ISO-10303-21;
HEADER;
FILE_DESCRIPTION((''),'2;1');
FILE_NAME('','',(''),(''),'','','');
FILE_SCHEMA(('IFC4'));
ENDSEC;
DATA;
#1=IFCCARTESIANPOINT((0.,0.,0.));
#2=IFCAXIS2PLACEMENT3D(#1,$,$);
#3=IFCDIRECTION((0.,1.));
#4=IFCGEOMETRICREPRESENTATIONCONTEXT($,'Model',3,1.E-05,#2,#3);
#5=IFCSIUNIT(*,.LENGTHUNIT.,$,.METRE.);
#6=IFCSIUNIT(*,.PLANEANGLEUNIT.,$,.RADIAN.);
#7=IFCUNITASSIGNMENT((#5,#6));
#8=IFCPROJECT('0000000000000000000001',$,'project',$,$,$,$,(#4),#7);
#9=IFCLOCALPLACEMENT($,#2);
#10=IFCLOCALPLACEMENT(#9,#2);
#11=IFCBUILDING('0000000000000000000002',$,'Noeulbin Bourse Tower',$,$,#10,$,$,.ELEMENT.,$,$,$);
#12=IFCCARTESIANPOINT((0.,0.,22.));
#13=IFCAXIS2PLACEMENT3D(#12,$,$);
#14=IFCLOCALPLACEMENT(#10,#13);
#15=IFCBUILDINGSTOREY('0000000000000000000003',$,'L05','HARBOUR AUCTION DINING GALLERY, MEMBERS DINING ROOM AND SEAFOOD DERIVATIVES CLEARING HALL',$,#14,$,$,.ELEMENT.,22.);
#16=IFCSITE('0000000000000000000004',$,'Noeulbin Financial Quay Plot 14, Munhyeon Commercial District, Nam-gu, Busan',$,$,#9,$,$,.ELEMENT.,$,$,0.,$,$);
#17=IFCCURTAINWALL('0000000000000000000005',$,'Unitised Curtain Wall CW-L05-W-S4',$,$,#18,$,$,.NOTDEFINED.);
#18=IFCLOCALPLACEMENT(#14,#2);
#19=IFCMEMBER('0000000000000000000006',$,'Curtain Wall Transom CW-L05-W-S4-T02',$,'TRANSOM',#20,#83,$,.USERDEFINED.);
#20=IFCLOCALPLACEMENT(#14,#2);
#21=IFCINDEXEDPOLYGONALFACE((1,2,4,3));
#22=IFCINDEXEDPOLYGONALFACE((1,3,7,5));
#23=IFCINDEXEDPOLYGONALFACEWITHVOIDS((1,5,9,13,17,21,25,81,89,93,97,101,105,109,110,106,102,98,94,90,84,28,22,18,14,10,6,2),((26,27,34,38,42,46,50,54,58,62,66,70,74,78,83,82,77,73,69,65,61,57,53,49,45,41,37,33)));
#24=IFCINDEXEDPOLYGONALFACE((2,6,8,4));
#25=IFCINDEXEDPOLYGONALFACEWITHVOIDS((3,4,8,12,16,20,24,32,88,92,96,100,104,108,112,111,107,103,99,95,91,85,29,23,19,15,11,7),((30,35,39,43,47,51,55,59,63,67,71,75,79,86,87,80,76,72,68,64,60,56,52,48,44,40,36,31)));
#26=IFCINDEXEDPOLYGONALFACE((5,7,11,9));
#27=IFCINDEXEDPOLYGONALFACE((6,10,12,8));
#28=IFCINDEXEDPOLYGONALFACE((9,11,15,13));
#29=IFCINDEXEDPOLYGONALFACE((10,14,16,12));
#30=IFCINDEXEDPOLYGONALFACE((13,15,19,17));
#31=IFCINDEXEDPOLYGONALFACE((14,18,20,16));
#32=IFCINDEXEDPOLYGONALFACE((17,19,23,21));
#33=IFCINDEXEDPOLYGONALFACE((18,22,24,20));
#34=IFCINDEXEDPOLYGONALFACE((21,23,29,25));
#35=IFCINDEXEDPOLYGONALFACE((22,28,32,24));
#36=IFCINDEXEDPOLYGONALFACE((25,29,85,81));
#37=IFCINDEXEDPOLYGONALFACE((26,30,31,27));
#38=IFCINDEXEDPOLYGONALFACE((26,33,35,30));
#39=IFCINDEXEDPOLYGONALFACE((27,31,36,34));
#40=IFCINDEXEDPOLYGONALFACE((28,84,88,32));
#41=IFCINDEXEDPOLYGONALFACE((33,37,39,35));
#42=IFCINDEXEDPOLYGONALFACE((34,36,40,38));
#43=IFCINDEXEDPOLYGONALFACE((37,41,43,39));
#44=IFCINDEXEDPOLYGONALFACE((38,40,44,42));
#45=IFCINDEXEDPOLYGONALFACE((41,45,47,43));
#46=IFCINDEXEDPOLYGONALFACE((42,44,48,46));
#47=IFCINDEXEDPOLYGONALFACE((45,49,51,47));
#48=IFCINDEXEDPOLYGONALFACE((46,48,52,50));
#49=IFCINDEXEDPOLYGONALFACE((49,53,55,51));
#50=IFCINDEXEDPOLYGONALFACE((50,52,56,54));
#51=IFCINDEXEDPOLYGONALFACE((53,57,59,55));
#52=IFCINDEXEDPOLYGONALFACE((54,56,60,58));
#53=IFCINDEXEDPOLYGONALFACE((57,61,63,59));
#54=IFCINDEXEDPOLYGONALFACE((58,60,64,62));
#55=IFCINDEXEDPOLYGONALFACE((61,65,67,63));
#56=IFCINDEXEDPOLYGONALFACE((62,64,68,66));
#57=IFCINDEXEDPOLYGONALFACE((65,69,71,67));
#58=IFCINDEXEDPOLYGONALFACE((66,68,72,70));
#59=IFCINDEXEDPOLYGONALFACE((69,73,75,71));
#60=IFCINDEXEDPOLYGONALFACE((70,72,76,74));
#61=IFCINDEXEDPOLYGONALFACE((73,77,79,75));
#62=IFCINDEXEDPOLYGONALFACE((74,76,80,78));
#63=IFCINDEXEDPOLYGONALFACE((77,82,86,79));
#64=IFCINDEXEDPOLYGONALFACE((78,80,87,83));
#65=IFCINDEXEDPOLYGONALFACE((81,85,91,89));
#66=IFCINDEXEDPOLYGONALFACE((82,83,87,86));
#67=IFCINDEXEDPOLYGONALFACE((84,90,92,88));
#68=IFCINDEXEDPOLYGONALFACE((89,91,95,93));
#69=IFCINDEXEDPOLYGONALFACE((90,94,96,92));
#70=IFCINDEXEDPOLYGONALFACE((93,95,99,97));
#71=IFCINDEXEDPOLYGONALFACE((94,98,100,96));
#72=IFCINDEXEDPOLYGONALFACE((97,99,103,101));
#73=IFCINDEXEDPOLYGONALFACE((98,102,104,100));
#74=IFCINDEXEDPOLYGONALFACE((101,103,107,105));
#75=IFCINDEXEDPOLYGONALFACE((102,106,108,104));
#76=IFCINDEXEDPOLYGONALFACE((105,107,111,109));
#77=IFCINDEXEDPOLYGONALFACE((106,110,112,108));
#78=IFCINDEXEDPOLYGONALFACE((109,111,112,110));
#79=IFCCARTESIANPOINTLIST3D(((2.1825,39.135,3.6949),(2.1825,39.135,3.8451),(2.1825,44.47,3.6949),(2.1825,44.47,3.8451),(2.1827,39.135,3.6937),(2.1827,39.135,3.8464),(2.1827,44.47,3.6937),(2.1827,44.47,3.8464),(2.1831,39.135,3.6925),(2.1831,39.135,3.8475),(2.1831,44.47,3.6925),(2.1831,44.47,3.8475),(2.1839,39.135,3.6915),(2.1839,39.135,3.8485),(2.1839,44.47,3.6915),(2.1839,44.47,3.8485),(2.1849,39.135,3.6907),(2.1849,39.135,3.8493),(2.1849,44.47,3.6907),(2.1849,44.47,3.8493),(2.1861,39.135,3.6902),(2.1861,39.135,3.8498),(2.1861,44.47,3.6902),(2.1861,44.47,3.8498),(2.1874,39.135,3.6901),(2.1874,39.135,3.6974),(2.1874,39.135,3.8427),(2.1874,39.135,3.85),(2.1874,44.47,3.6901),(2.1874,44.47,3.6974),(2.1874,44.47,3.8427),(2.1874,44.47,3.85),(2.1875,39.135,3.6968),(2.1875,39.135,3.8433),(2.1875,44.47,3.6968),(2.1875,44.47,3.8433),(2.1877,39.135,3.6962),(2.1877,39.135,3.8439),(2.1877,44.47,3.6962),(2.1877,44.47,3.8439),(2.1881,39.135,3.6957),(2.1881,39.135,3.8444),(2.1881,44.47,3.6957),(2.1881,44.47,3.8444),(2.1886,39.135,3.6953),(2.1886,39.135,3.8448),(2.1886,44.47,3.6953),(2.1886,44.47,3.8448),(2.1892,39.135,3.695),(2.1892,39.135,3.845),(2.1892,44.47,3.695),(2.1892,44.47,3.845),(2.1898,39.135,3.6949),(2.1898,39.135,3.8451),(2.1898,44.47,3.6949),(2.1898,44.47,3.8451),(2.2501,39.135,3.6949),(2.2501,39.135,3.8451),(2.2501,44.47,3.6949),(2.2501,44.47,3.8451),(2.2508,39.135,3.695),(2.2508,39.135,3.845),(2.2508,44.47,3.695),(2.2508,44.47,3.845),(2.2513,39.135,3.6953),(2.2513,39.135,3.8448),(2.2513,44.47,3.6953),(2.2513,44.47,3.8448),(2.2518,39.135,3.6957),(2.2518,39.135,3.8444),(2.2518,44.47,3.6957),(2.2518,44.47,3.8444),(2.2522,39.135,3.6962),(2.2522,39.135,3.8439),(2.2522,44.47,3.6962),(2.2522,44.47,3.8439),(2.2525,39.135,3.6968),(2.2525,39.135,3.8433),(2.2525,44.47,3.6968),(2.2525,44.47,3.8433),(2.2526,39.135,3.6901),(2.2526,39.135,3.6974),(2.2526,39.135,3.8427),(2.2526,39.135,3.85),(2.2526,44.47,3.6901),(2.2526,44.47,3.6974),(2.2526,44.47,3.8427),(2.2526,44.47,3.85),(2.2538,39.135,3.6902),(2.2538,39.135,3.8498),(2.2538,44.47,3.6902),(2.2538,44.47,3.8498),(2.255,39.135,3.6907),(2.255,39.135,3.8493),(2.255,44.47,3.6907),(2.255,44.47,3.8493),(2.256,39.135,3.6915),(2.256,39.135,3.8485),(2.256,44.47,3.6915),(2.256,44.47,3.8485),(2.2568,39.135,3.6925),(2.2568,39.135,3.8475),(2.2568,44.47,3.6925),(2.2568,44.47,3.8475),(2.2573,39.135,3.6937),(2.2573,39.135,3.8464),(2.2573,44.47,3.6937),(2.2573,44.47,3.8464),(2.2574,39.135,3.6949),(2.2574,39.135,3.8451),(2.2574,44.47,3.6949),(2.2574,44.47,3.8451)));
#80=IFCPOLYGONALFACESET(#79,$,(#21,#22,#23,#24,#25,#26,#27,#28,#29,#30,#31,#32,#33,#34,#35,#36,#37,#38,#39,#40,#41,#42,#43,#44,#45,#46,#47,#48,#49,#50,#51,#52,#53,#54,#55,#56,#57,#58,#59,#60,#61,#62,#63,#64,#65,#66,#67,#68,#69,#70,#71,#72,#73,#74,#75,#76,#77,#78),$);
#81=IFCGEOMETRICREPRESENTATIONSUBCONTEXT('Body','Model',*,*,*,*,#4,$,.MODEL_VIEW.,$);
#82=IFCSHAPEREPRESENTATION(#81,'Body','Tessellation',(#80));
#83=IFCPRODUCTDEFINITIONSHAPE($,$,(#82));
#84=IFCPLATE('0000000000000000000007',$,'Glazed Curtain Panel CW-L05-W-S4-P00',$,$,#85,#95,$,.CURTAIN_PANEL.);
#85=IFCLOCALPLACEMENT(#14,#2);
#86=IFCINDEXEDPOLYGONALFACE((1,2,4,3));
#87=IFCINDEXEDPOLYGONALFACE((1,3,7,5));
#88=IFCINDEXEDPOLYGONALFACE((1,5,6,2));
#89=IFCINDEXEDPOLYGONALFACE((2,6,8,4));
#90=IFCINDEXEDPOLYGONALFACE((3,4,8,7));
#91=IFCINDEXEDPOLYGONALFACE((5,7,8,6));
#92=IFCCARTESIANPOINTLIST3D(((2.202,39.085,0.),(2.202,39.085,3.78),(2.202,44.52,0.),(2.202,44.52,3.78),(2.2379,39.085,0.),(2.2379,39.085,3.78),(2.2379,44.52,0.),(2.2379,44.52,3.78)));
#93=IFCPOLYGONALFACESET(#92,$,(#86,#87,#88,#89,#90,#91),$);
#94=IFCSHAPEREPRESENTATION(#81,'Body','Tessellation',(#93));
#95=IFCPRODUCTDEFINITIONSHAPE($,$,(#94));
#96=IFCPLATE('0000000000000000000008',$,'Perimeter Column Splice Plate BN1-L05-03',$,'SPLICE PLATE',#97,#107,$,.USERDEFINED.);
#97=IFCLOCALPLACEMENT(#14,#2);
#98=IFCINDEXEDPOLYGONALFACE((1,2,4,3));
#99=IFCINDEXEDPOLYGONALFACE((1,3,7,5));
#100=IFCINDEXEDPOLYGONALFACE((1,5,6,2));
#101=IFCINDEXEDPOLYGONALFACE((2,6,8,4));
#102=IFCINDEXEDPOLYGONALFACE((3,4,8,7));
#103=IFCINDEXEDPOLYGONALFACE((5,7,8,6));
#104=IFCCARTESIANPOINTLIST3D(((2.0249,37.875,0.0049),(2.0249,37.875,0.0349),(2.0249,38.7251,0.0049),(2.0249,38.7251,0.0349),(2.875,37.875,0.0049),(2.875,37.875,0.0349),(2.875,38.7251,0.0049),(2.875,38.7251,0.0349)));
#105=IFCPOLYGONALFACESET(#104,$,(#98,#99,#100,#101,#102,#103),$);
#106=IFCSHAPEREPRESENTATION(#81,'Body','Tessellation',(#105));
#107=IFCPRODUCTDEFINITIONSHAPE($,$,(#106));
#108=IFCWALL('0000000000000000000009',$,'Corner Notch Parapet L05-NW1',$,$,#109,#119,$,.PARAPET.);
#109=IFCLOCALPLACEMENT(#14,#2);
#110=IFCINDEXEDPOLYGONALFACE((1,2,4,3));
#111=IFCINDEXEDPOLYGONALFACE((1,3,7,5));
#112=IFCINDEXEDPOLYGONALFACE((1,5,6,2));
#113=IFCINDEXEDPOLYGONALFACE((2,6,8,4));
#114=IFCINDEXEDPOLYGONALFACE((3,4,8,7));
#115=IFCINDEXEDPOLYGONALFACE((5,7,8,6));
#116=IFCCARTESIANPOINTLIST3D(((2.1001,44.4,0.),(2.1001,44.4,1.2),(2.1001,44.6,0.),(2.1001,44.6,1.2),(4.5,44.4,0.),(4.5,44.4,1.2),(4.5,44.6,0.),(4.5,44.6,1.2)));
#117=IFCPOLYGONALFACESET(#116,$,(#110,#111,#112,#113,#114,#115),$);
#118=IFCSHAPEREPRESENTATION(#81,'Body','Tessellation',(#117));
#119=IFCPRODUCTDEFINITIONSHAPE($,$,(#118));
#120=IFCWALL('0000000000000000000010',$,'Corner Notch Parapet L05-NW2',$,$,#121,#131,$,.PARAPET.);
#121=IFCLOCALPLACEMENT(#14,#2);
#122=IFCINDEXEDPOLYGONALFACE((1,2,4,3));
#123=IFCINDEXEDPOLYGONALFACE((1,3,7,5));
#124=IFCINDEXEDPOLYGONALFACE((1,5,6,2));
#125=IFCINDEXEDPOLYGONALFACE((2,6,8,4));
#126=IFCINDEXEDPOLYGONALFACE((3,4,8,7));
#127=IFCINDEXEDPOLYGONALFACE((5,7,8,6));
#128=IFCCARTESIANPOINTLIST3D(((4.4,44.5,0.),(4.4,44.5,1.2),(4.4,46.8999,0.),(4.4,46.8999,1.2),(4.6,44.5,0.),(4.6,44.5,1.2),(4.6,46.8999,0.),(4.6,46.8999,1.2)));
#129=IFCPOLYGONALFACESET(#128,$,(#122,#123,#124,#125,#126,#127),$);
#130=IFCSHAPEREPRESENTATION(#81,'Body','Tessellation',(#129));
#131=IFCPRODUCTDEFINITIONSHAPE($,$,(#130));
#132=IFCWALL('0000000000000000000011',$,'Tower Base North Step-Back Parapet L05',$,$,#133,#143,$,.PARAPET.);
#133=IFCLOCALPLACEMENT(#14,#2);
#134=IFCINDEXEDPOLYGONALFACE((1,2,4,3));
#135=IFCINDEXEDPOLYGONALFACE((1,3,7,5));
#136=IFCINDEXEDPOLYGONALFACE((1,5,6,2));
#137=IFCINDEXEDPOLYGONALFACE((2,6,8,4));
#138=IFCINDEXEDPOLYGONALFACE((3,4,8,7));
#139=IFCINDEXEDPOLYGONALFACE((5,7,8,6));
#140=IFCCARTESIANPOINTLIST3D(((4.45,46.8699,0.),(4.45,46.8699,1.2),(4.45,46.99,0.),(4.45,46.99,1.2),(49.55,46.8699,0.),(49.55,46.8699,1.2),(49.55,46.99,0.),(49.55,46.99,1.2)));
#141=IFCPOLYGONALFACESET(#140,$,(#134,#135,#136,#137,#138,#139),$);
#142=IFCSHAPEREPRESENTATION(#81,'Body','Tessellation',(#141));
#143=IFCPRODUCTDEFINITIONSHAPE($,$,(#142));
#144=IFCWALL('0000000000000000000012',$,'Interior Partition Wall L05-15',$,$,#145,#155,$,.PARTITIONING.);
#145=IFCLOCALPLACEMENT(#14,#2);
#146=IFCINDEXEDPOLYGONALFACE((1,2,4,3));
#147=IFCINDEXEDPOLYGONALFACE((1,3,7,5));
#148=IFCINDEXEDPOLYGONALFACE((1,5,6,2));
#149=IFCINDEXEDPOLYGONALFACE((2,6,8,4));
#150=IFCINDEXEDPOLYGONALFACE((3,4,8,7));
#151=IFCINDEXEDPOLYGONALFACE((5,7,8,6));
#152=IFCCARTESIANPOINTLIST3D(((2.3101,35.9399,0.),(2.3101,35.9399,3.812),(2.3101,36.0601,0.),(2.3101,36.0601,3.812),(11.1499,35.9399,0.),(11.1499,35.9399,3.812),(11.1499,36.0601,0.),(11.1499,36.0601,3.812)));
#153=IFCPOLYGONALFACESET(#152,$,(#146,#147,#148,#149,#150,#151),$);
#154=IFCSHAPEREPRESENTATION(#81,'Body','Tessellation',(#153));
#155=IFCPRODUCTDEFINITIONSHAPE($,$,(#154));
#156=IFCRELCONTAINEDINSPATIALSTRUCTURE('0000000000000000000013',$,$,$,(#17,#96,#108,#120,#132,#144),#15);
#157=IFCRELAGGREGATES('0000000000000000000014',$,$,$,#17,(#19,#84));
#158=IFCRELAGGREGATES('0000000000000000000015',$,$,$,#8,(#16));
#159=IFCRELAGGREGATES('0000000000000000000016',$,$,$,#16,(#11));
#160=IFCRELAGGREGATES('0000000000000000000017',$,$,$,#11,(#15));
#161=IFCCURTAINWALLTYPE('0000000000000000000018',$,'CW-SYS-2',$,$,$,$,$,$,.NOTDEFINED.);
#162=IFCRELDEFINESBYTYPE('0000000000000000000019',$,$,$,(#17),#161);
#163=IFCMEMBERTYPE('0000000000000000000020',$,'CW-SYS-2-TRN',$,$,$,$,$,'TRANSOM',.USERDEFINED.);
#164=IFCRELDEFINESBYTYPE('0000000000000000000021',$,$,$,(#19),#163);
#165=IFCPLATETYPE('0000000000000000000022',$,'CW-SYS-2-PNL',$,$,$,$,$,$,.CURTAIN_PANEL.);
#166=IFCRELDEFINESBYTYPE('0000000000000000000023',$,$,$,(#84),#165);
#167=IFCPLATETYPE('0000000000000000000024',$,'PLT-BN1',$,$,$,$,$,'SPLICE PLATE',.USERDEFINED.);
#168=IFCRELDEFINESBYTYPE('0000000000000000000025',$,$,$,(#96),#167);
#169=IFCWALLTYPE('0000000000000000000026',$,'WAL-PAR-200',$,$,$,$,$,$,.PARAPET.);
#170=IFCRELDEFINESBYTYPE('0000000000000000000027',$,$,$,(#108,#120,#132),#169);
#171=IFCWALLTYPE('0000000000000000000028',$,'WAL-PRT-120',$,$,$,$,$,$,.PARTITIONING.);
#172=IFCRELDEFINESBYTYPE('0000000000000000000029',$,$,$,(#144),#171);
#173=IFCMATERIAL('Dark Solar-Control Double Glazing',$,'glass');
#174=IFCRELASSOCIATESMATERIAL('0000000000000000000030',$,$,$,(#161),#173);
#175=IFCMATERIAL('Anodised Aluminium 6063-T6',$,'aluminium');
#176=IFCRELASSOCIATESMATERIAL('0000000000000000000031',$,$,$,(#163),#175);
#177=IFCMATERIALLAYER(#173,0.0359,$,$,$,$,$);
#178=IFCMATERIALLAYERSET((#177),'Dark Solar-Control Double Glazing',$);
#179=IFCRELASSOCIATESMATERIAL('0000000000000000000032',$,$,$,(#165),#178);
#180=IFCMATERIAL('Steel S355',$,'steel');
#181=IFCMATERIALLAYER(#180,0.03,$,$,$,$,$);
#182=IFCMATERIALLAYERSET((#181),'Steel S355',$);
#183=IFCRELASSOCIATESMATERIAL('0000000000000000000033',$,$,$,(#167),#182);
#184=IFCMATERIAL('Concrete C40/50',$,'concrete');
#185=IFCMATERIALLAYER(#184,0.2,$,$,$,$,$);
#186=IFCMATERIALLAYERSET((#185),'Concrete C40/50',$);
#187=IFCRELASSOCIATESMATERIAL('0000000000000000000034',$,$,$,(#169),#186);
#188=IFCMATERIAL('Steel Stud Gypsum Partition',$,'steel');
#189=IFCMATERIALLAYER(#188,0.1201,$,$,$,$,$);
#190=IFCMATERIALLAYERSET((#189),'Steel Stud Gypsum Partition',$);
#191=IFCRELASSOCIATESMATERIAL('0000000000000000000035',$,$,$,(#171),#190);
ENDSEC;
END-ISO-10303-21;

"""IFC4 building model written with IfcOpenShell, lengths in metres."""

from ifc_helpers import new_model, si_unit, direction, frame, frame_2d, origin, origin_2d, place, context, subcontext, project, spatial, rectangle, hollow_rectangle, extrude, material, layer, layer_set, material_profile, profile_set, type_object, element, aggregate, save


model = new_model("IFC4")

# Units and contexts
model_context = context("Model", 3, precision=1e-05, world=origin(), true_north=direction((0.0, 1.0)))
body_context = subcontext(model_context, "Body", "Model", "MODEL_VIEW")
ifc_project = project(units=[si_unit("LENGTHUNIT", "METRE"), si_unit("PLANEANGLEUNIT", "RADIAN")], contexts=[model_context])

# Site, building, storey
site_placement = place(None, origin())
site = spatial("IfcSite", under=ifc_project, at=site_placement, Name="Noeulbin Financial Quay Plot 14, Munhyeon Commercial District, Nam-gu, Busan", CompositionType="ELEMENT", RefElevation=0.0)
building_placement = place(site_placement, origin())
building = spatial("IfcBuilding", under=site, at=building_placement, Name="Noeulbin Bourse Tower", CompositionType="ELEMENT")
storey_placement = place(building_placement, frame((0.0, 0.0, 22.0)))
storey = spatial("IfcBuildingStorey", under=building, at=storey_placement, Name="L05", Description="HARBOUR AUCTION DINING GALLERY, MEMBERS DINING ROOM AND SEAFOOD DERIVATIVES CLEARING HALL", CompositionType="ELEMENT", Elevation=22.0)

# Shared definitions
ifc_material_1 = material(Name="Dark Solar-Control Double Glazing", Category="glass")
curtain_wall_type = type_object("IfcCurtainWallType", Name="CW-SYS-2", PredefinedType="NOTDEFINED", material=ifc_material_1)
ifc_material_2 = material(Name="Anodised Aluminium 6063-T6", Category="aluminium")

# Curtain wall
curtain_wall_1_placement = place(storey_placement, origin())
curtain_wall_1 = element("IfcCurtainWall", 1, at=curtain_wall_1_placement, inside=storey, type_object=curtain_wall_type, Name="Unitised Curtain Wall CW-L05-W-S4", PredefinedType="NOTDEFINED")

# Member
ifc_material_profile_1 = material_profile(ifc_material_2, hollow_rectangle(XDim=0.075, YDim=0.1599, WallThickness=0.0049, InnerFilletRadius=0.0024, OuterFilletRadius=0.0049, at=origin_2d()), Name="ALU-TRAN-75x160x5", Category="LoadBearing")
ifc_profile_set_1 = profile_set([ifc_material_profile_1], Name="Anodised Aluminium 6063-T6")
member_type_1 = type_object("IfcMemberType", Name="CW-SYS-2-TRN", ElementType="TRANSOM", PredefinedType="USERDEFINED", material=ifc_profile_set_1)
member_1_placement = place(storey_placement, frame((2.22, 39.135, 3.77), z_axis=(0.0, 1.0, 0.0), x_axis=(-1.0, 0.0, 0.0)))
member_1 = element("IfcMember", 2, at=member_1_placement, type_object=member_type_1, Name="Curtain Wall Transom CW-L05-W-S4-T02", ObjectType="TRANSOM", PredefinedType="USERDEFINED", context=body_context, shape_type="SweptSolid", body=[
    extrude(hollow_rectangle(XDim=0.075, YDim=0.1599, WallThickness=0.0049, InnerFilletRadius=0.0024, OuterFilletRadius=0.0049, at=origin_2d()), origin(), (0.0, 0.0, 1.0), 5.335),
])

# Plates
ifc_layer_1 = layer(ifc_material_1, 0.0359)
ifc_layer_set_1 = layer_set([ifc_layer_1], Name="Dark Solar-Control Double Glazing")
plate_type_1 = type_object("IfcPlateType", Name="CW-SYS-2-PNL", PredefinedType="CURTAIN_PANEL", material=ifc_layer_set_1)
plate_1_placement = place(storey_placement, frame((2.22, 41.8025, 0.0), z_axis=(0.0, 0.0, 1.0), x_axis=(0.0, 1.0, 0.0)))
plate_1 = element("IfcPlate", 3, at=plate_1_placement, type_object=plate_type_1, Name="Glazed Curtain Panel CW-L05-W-S4-P00", PredefinedType="CURTAIN_PANEL", context=body_context, shape_type="SweptSolid", body=[
    extrude(rectangle(XDim=5.4351, YDim=0.0359, at=origin_2d()), origin(), (0.0, 0.0, 1.0), 3.78),
])
aggregate(curtain_wall_1, [member_1, plate_1])
ifc_material_3 = material(Name="Steel S355", Category="steel")
ifc_layer_2 = layer(ifc_material_3, 0.03)
ifc_layer_set_2 = layer_set([ifc_layer_2], Name="Steel S355")
plate_type_2 = type_object("IfcPlateType", Name="PLT-BN1", ElementType="SPLICE PLATE", PredefinedType="USERDEFINED", material=ifc_layer_set_2)
plate_2_placement = place(storey_placement, frame((2.45, 38.3, 0.0049), z_axis=(0.0, 0.0, 1.0), x_axis=(1.0, 0.0, 0.0)))
element("IfcPlate", 4, at=plate_2_placement, inside=storey, type_object=plate_type_2, Name="Perimeter Column Splice Plate BN1-L05-03", ObjectType="SPLICE PLATE", PredefinedType="USERDEFINED", context=body_context, shape_type="SweptSolid", body=[
    extrude(rectangle(XDim=0.8501, YDim=0.8501, at=origin_2d()), origin(), (0.0, 0.0, 1.0), 0.03),
])

# Walls
ifc_material_4 = material(Name="Concrete C40/50", Category="concrete")
ifc_layer_3 = layer(ifc_material_4, 0.2)
ifc_layer_set_3 = layer_set([ifc_layer_3], Name="Concrete C40/50")
wall_type_1 = type_object("IfcWallType", Name="WAL-PAR-200", PredefinedType="PARAPET", material=ifc_layer_set_3)
for number, where, z_axis, x_axis, name in (
    (5, (2.1001, 44.5, 0.0), (0.0, 0.0, 1.0), (1.0, 0.0, 0.0), "Corner Notch Parapet L05-NW1"),
    (6, (4.5, 44.5, 0.0), (0.0, 0.0, 1.0), (0.0, 1.0, 0.0), "Corner Notch Parapet L05-NW2"),
):
    element("IfcWall", number, at=place(storey_placement, frame(where, z_axis=z_axis, x_axis=x_axis)), inside=storey, type_object=wall_type_1, Name=name, PredefinedType="PARAPET", context=body_context, shape_type="SweptSolid", body=[
        extrude(rectangle(XDim=2.3999, YDim=0.2, at=frame_2d((1.2, 0.0))), origin(), (0.0, 0.0, 1.0), 1.2),
    ])
wall_1_placement = place(storey_placement, frame((4.45, 46.9299, 0.0), z_axis=(0.0, 0.0, 1.0), x_axis=(1.0, 0.0, 0.0)))
element("IfcWall", 7, at=wall_1_placement, inside=storey, type_object=wall_type_1, Name="Tower Base North Step-Back Parapet L05", PredefinedType="PARAPET", context=body_context, shape_type="SweptSolid", body=[
    extrude(rectangle(XDim=45.1001, YDim=0.1201, at=frame_2d((22.55, 0.0))), origin(), (0.0, 0.0, 1.0), 1.2),
])
ifc_material_5 = material(Name="Steel Stud Gypsum Partition", Category="steel")
ifc_layer_4 = layer(ifc_material_5, 0.1201)
ifc_layer_set_4 = layer_set([ifc_layer_4], Name="Steel Stud Gypsum Partition")
wall_type_2 = type_object("IfcWallType", Name="WAL-PRT-120", PredefinedType="PARTITIONING", material=ifc_layer_set_4)
wall_2_placement = place(storey_placement, frame((2.3101, 36.0, 0.0), z_axis=(0.0, 0.0, 1.0), x_axis=(1.0, 0.0, 0.0)))
element("IfcWall", 8, at=wall_2_placement, inside=storey, type_object=wall_type_2, Name="Interior Partition Wall L05-15", PredefinedType="PARTITIONING", context=body_context, shape_type="SweptSolid", body=[
    extrude(rectangle(XDim=8.8398, YDim=0.1201, at=frame_2d((4.4199, 0.0))), origin(), (0.0, 0.0, 1.0), 3.812),
])

save(model, "model.ifc")
